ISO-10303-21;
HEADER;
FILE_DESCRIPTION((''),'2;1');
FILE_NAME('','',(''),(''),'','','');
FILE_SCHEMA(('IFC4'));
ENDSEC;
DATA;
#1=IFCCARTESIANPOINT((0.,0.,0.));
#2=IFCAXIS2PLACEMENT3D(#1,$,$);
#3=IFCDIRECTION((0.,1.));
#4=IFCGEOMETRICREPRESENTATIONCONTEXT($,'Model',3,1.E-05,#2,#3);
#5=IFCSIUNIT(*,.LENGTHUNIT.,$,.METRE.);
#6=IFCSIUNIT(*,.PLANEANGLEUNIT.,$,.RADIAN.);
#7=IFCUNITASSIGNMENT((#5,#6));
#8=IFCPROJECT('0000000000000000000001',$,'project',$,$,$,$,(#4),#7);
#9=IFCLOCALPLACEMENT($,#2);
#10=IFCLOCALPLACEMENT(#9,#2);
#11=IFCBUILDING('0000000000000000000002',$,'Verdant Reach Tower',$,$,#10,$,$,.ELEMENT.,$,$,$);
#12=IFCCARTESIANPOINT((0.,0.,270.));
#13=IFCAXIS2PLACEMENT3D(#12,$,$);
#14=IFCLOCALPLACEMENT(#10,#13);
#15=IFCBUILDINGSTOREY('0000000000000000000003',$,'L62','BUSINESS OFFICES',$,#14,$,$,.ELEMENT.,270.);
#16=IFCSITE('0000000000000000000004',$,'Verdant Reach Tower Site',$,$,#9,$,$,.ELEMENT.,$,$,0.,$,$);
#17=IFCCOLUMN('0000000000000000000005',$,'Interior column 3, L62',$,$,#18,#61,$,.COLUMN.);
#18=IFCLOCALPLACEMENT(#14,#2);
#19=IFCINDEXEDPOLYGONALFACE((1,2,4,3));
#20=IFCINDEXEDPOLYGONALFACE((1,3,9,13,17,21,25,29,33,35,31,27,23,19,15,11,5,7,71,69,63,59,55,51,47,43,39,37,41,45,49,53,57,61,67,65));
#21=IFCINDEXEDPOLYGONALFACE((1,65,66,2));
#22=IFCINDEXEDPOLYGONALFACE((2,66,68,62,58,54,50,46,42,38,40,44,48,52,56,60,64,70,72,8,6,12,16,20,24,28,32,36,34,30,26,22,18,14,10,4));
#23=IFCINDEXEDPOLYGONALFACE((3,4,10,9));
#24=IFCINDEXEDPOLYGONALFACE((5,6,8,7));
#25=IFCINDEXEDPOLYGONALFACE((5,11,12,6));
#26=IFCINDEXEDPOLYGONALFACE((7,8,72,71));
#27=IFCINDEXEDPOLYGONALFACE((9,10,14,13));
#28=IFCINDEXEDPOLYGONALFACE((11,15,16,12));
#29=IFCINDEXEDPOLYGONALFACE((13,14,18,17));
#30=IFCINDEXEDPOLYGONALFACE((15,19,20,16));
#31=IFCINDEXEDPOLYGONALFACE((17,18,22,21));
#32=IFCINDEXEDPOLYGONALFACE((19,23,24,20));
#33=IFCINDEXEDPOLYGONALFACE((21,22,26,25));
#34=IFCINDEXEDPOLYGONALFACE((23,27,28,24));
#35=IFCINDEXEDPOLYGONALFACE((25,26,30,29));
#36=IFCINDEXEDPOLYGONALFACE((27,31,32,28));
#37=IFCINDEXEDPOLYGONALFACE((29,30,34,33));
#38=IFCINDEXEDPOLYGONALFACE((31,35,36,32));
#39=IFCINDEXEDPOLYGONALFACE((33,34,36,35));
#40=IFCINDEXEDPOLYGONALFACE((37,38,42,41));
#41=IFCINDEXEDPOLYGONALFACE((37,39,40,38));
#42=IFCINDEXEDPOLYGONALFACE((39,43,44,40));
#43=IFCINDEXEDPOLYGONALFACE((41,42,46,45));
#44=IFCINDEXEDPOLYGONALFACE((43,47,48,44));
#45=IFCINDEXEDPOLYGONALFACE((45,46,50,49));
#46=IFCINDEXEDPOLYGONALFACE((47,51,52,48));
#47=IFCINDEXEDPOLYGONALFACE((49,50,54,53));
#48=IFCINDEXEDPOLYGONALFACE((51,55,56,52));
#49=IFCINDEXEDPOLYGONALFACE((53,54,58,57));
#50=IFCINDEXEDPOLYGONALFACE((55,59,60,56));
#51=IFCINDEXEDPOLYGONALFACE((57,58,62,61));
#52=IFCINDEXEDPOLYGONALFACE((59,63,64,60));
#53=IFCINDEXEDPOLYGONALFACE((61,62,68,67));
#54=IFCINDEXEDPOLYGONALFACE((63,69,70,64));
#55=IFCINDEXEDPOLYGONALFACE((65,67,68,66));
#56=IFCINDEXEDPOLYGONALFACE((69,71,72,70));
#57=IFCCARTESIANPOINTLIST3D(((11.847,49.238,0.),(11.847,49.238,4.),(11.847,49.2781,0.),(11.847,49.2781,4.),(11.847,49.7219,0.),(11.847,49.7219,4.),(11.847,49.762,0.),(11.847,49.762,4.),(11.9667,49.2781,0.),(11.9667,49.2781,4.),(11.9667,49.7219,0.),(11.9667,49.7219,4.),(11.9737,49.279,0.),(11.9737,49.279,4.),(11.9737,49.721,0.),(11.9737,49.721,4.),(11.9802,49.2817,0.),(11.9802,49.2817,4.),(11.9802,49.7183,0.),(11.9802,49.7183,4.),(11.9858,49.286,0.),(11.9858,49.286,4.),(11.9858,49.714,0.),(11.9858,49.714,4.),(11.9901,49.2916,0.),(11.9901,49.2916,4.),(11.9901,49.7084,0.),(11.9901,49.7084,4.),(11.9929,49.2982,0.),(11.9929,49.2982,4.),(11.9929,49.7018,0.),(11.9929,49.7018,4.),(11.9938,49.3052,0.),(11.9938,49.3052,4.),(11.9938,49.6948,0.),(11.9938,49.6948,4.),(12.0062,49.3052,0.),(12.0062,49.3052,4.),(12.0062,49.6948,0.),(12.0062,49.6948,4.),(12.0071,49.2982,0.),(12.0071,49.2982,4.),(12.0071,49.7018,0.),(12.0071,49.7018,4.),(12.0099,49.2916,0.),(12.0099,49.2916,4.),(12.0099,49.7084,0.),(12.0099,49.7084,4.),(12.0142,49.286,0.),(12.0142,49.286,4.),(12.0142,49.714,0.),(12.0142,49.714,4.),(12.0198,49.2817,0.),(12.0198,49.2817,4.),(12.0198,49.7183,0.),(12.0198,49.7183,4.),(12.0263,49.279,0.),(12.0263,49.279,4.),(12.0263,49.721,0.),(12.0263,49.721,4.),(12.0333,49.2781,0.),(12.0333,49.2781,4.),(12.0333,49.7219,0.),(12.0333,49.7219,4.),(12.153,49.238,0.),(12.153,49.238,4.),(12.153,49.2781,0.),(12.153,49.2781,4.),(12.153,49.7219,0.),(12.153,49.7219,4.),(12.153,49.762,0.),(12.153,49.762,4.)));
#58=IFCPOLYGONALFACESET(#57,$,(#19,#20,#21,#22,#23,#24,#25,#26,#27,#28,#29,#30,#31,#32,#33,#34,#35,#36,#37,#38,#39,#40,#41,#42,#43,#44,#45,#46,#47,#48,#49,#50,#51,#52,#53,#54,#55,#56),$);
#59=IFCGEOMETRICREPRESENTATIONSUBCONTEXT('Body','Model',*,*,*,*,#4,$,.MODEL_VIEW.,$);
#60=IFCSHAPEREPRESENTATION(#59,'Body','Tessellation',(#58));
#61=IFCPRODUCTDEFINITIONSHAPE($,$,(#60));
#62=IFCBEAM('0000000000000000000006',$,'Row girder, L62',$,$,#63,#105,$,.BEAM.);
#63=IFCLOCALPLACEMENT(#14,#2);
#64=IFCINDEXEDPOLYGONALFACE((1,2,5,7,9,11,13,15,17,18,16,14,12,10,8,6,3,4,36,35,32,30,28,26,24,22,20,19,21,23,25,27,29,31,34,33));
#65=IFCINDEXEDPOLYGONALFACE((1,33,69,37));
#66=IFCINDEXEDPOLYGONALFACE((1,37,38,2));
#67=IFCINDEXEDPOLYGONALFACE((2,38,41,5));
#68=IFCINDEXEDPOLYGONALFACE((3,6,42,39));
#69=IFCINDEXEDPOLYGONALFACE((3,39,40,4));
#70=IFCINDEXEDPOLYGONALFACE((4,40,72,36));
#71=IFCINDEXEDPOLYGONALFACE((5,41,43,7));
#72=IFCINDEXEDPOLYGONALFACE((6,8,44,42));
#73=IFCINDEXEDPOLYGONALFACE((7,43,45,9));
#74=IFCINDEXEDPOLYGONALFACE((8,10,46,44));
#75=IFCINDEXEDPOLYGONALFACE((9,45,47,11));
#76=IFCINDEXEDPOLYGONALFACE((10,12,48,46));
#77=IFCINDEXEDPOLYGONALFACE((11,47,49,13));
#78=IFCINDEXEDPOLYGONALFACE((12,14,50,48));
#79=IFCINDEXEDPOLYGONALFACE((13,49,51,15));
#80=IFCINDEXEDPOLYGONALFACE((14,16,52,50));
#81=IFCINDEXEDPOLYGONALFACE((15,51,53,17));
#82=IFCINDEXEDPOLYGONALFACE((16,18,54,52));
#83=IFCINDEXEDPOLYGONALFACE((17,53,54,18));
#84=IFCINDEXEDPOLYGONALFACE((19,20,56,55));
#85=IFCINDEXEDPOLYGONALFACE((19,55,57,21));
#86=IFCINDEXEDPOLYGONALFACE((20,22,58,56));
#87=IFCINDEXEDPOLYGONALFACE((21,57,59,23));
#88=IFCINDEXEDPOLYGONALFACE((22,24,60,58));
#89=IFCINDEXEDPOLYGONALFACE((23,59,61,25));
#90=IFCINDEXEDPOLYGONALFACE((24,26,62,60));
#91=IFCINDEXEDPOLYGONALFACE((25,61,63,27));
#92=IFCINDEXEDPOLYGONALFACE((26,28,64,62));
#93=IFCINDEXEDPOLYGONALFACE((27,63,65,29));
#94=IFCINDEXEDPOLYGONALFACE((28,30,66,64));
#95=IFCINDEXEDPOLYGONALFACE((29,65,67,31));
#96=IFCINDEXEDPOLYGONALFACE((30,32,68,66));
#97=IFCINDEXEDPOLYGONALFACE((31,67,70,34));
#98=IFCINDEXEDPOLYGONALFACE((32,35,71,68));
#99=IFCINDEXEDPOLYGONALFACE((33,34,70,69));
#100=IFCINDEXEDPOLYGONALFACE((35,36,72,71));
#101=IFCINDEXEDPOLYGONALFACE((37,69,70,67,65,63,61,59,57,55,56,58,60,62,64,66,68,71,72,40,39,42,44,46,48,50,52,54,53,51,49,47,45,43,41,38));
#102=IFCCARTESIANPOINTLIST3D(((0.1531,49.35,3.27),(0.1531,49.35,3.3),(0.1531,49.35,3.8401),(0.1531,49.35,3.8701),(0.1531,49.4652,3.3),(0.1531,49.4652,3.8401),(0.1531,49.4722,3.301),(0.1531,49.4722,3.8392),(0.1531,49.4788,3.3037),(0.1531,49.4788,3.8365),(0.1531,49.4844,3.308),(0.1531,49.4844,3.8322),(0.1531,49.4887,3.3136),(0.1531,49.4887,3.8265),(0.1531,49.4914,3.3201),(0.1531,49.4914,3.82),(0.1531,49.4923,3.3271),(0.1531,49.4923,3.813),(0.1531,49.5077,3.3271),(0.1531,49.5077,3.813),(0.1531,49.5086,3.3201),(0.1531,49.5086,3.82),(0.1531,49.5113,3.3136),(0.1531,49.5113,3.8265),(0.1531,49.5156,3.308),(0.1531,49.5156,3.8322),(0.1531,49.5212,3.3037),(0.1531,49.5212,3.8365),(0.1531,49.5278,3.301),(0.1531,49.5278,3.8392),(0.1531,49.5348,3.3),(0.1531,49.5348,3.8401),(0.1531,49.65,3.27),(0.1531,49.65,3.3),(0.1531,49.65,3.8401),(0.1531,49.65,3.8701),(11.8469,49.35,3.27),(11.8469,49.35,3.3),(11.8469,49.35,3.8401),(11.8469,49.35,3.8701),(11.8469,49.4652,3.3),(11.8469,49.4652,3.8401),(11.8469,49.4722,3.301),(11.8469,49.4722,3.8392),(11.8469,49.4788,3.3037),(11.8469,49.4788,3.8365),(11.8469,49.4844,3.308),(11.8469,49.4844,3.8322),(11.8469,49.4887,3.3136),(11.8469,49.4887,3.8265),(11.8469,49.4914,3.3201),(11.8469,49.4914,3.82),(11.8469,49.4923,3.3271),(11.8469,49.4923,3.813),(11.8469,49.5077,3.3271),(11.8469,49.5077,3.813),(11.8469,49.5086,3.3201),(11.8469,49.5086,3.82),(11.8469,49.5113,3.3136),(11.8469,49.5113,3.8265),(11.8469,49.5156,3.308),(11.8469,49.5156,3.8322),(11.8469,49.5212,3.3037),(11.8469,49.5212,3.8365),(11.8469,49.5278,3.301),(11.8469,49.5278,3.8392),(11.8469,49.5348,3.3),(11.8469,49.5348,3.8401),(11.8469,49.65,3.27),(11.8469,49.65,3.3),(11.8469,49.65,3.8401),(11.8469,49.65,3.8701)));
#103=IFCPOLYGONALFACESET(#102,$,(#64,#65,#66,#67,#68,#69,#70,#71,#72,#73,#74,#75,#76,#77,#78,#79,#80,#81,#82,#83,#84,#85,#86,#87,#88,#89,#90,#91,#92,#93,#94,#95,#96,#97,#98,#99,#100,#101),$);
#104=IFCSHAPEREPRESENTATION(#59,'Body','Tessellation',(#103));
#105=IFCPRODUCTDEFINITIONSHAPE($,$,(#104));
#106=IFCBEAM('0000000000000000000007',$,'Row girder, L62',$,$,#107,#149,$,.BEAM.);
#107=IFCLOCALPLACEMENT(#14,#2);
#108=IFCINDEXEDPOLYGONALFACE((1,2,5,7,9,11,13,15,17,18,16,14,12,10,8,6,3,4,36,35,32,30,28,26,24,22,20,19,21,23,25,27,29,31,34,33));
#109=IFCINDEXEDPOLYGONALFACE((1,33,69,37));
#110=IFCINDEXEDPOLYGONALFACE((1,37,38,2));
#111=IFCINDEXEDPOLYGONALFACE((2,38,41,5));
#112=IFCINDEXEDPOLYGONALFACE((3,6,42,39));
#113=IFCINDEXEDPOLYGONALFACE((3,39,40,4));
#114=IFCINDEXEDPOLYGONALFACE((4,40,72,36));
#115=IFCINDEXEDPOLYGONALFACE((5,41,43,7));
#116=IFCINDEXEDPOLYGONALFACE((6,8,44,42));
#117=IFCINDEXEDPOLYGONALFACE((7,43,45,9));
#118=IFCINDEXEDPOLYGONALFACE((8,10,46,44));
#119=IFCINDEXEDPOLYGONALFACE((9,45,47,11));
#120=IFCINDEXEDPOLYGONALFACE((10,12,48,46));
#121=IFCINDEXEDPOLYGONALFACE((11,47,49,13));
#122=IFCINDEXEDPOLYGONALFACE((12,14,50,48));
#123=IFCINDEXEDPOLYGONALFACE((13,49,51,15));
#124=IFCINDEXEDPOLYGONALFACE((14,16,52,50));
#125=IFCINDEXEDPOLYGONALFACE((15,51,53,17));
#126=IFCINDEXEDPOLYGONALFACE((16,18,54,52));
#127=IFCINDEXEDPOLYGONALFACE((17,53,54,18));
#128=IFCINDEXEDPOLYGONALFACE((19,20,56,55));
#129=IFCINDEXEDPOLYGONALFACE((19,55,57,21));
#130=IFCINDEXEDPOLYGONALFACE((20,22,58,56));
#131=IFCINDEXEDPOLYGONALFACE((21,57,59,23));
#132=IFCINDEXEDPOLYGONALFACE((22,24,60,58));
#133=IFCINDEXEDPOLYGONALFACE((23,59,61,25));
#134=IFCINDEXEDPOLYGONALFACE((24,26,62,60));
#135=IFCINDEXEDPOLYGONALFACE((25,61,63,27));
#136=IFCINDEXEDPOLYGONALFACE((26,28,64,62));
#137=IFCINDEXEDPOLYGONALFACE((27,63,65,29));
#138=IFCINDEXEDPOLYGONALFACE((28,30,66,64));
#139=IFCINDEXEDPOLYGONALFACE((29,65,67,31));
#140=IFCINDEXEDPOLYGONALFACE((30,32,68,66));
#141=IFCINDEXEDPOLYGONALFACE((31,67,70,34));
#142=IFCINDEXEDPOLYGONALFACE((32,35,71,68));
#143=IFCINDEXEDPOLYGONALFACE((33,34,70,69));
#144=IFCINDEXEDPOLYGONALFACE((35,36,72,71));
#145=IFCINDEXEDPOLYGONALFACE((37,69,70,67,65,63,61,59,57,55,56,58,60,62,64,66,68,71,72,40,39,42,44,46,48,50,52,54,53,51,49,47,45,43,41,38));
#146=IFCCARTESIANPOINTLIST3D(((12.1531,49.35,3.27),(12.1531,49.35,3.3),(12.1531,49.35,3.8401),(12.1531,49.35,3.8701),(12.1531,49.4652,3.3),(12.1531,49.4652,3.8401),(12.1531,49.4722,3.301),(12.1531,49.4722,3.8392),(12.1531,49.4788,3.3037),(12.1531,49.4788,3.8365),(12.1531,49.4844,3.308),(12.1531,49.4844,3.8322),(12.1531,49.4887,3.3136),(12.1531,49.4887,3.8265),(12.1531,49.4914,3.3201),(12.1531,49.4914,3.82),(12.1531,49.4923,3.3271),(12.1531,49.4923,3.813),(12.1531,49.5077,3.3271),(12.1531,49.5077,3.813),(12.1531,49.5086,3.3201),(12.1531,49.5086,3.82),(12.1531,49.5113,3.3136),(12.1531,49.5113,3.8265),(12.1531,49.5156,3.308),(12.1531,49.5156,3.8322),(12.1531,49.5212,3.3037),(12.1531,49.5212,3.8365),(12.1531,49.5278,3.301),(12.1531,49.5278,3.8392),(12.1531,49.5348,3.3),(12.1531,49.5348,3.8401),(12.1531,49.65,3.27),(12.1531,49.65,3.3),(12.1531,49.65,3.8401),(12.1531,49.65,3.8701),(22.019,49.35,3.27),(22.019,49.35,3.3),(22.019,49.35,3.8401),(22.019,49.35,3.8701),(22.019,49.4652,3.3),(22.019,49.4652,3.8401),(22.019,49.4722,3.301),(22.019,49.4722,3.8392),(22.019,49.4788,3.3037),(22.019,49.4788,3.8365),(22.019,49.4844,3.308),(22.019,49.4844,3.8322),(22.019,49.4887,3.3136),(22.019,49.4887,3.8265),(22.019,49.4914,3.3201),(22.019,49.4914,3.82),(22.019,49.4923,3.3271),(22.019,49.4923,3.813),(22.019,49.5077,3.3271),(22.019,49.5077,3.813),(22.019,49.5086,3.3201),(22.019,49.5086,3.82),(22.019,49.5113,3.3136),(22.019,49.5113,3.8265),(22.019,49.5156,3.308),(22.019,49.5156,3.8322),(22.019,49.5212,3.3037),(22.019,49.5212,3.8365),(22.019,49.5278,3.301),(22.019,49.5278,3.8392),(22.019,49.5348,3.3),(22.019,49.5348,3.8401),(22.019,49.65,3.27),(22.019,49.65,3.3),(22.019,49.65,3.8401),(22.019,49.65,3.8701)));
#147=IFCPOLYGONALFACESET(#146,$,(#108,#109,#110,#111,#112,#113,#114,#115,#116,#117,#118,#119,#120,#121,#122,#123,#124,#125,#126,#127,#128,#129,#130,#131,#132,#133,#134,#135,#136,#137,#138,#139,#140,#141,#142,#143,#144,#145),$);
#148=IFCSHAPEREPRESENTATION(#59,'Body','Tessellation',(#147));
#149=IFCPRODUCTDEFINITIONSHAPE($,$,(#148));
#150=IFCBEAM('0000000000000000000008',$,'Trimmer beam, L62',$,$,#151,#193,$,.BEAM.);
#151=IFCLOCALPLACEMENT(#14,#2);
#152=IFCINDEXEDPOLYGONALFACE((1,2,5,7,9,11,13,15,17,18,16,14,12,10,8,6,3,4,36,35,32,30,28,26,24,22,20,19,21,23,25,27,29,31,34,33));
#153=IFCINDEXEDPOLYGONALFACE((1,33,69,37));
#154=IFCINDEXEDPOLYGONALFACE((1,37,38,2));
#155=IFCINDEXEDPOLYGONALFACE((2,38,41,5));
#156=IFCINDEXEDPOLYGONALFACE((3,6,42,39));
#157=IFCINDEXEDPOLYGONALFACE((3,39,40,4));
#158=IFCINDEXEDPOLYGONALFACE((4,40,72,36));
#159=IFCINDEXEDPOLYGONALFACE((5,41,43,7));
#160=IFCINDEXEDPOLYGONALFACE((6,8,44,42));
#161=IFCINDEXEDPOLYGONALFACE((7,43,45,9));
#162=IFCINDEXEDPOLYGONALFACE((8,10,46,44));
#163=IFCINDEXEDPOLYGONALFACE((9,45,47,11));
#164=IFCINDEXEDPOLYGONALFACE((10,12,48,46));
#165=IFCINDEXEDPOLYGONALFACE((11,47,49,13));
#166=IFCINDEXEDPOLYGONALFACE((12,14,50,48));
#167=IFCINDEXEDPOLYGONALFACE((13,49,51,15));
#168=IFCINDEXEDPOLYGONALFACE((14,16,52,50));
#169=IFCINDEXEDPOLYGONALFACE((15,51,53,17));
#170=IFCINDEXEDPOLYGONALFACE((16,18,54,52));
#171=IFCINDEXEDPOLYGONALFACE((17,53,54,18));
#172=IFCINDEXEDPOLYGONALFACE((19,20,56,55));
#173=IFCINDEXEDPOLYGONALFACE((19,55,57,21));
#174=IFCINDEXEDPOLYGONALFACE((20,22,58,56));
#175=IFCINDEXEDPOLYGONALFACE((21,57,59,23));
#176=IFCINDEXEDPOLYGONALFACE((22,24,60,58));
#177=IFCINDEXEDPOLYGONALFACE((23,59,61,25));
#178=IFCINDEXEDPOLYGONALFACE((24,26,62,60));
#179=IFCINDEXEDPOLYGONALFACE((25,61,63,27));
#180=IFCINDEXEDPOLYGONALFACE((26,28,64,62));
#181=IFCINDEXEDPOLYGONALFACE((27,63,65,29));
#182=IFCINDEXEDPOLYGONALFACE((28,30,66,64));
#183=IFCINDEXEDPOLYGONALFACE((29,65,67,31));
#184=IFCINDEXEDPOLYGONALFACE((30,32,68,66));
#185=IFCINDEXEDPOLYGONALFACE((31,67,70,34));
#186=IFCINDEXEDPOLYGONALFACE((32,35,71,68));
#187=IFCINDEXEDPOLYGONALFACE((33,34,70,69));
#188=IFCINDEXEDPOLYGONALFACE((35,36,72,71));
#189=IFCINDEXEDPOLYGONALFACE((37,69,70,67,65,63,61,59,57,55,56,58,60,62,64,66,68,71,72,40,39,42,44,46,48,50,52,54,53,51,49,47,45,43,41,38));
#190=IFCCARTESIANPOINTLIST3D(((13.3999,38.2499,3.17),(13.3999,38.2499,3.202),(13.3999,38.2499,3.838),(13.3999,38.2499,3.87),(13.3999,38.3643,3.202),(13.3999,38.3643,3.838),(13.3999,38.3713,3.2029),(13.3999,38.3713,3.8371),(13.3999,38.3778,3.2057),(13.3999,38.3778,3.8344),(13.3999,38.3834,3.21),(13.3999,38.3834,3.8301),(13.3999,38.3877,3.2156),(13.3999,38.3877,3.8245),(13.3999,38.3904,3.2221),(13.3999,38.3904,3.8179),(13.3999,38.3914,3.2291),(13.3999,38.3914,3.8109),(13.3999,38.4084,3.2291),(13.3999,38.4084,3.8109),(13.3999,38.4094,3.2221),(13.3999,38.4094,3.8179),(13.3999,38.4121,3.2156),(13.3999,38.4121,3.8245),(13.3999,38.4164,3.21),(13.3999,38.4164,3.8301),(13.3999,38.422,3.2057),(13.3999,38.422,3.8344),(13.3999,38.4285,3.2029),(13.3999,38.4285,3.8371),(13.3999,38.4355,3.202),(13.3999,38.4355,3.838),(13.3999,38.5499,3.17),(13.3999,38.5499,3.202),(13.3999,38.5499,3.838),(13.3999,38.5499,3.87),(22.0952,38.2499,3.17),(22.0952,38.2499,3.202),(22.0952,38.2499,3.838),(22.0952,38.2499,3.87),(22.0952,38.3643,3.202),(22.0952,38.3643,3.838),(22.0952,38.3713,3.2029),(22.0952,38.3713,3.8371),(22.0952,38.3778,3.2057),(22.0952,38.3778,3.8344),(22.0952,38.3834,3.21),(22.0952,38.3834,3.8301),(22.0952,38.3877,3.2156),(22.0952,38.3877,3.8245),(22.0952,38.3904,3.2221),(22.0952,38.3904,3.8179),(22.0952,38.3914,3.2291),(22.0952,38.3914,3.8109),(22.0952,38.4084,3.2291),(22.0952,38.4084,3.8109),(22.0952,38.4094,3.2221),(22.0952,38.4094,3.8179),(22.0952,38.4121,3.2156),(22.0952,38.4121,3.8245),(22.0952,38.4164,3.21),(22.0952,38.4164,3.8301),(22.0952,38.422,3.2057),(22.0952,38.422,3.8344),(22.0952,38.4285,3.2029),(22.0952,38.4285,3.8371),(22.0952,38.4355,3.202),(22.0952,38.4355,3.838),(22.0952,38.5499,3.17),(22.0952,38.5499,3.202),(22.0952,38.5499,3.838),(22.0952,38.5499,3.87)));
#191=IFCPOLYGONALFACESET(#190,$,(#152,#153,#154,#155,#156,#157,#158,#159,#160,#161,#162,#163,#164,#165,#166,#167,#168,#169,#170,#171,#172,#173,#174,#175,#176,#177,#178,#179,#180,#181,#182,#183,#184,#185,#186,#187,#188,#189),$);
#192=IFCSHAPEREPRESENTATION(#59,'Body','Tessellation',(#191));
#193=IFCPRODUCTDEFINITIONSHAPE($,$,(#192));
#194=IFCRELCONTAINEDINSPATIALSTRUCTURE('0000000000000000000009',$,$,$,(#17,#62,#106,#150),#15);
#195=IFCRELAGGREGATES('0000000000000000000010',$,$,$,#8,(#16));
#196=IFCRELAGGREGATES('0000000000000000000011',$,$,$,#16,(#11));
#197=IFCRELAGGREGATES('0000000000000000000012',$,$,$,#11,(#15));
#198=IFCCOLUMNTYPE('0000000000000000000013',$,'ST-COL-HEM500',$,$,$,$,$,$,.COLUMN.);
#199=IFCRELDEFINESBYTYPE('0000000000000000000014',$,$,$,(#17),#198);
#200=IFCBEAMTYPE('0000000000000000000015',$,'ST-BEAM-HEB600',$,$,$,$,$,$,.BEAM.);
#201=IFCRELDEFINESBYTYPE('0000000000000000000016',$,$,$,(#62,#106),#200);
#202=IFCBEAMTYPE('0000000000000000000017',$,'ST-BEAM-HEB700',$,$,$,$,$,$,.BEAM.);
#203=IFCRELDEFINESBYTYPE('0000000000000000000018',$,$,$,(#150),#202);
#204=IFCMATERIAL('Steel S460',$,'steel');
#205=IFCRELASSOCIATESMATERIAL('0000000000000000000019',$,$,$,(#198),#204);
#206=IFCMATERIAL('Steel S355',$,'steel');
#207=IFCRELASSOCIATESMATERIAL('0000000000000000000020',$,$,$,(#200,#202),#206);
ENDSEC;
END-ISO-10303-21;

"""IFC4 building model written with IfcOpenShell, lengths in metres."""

from ifc_helpers import new_model, si_unit, direction, frame, origin, origin_2d, place, context, subcontext, project, spatial, i_section, extrude, material, material_profile, profile_set, type_object, element, save


model = new_model("IFC4")

# Units and contexts
model_context = context("Model", 3, precision=1e-05, world=origin(), true_north=direction((0.0, 1.0)))
body_context = subcontext(model_context, "Body", "Model", "MODEL_VIEW")
ifc_project = project(units=[si_unit("LENGTHUNIT", "METRE"), si_unit("PLANEANGLEUNIT", "RADIAN")], contexts=[model_context])

# Site, building, storey
site_placement = place(None, origin())
site = spatial("IfcSite", under=ifc_project, at=site_placement, Name="Verdant Reach Tower Site", CompositionType="ELEMENT", RefElevation=0.0)
building_placement = place(site_placement, origin())
building = spatial("IfcBuilding", under=site, at=building_placement, Name="Verdant Reach Tower", CompositionType="ELEMENT")
storey_placement = place(building_placement, frame((0.0, 0.0, 270.0)))
storey = spatial("IfcBuildingStorey", under=building, at=storey_placement, Name="L62", Description="BUSINESS OFFICES", CompositionType="ELEMENT", Elevation=270.0)

# Column
ifc_material_1 = material(Name="Steel S460", Category="steel")
ifc_material_profile_1 = material_profile(ifc_material_1, i_section(OverallWidth=0.3059, OverallDepth=0.5239, WebThickness=0.0125, FlangeThickness=0.04, FilletRadius=0.0271, at=origin_2d()), Name="HEM 500")
ifc_profile_set_1 = profile_set([ifc_material_profile_1], Name="Steel S460")
column_type = type_object("IfcColumnType", Name="ST-COL-HEM500", PredefinedType="COLUMN", material=ifc_profile_set_1)
column_placement = place(storey_placement, frame((12.0, 49.5, 0.0), z_axis=(0.0, 0.0, 1.0), x_axis=(1.0, 0.0, 0.0)))
element("IfcColumn", 1, at=column_placement, inside=storey, type_object=column_type, Name="Interior column 3, L62", PredefinedType="COLUMN", context=body_context, shape_type="SweptSolid", body=[
    extrude(i_section(OverallWidth=0.3059, OverallDepth=0.5239, WebThickness=0.0125, FlangeThickness=0.04, FilletRadius=0.0271, at=origin_2d()), origin(), (0.0, 0.0, 1.0), 4.0),
])

# Beams
ifc_material_2 = material(Name="Steel S355", Category="steel")
ifc_material_profile_2 = material_profile(ifc_material_2, i_section(OverallWidth=0.3, OverallDepth=0.6001, WebThickness=0.0154, FlangeThickness=0.03, FilletRadius=0.0271, at=origin_2d()), Name="HEB 600")
ifc_profile_set_2 = profile_set([ifc_material_profile_2], Name="Steel S355")
beam_type_1 = type_object("IfcBeamType", Name="ST-BEAM-HEB600", PredefinedType="BEAM", material=ifc_profile_set_2)
beam_1_placement = place(storey_placement, frame((0.1531, 49.5, 3.5701), z_axis=(1.0, 0.0, 0.0), x_axis=(0.0, 1.0, 0.0)))
element("IfcBeam", 2, at=beam_1_placement, inside=storey, type_object=beam_type_1, Name="Row girder, L62", PredefinedType="BEAM", context=body_context, shape_type="SweptSolid", body=[
    extrude(i_section(OverallWidth=0.3, OverallDepth=0.6001, WebThickness=0.0154, FlangeThickness=0.03, FilletRadius=0.0271, at=origin_2d()), origin(), (0.0, 0.0, 1.0), 11.6938),
])
beam_2_placement = place(storey_placement, frame((12.1531, 49.5, 3.5701), z_axis=(1.0, 0.0, 0.0), x_axis=(0.0, 1.0, 0.0)))
element("IfcBeam", 3, at=beam_2_placement, inside=storey, type_object=beam_type_1, Name="Row girder, L62", PredefinedType="BEAM", context=body_context, shape_type="SweptSolid", body=[
    extrude(i_section(OverallWidth=0.3, OverallDepth=0.6001, WebThickness=0.0154, FlangeThickness=0.03, FilletRadius=0.0271, at=origin_2d()), origin(), (0.0, 0.0, 1.0), 9.866),
])
ifc_material_profile_3 = material_profile(ifc_material_2, i_section(OverallWidth=0.3, OverallDepth=0.7, WebThickness=0.0171, FlangeThickness=0.032, FilletRadius=0.0271, at=origin_2d()), Name="HEB 700")
ifc_profile_set_3 = profile_set([ifc_material_profile_3], Name="Steel S355")
beam_type_2 = type_object("IfcBeamType", Name="ST-BEAM-HEB700", PredefinedType="BEAM", material=ifc_profile_set_3)
beam_3_placement = place(storey_placement, frame((13.3999, 38.3999, 3.52), z_axis=(1.0, 0.0, 0.0), x_axis=(0.0, 1.0, 0.0)))
element("IfcBeam", 4, at=beam_3_placement, inside=storey, type_object=beam_type_2, Name="Trimmer beam, L62", PredefinedType="BEAM", context=body_context, shape_type="SweptSolid", body=[
    extrude(i_section(OverallWidth=0.3, OverallDepth=0.7, WebThickness=0.0171, FlangeThickness=0.032, FilletRadius=0.0271, at=origin_2d()), origin(), (0.0, 0.0, 1.0), 8.6953),
])

save(model, "model.ifc")
